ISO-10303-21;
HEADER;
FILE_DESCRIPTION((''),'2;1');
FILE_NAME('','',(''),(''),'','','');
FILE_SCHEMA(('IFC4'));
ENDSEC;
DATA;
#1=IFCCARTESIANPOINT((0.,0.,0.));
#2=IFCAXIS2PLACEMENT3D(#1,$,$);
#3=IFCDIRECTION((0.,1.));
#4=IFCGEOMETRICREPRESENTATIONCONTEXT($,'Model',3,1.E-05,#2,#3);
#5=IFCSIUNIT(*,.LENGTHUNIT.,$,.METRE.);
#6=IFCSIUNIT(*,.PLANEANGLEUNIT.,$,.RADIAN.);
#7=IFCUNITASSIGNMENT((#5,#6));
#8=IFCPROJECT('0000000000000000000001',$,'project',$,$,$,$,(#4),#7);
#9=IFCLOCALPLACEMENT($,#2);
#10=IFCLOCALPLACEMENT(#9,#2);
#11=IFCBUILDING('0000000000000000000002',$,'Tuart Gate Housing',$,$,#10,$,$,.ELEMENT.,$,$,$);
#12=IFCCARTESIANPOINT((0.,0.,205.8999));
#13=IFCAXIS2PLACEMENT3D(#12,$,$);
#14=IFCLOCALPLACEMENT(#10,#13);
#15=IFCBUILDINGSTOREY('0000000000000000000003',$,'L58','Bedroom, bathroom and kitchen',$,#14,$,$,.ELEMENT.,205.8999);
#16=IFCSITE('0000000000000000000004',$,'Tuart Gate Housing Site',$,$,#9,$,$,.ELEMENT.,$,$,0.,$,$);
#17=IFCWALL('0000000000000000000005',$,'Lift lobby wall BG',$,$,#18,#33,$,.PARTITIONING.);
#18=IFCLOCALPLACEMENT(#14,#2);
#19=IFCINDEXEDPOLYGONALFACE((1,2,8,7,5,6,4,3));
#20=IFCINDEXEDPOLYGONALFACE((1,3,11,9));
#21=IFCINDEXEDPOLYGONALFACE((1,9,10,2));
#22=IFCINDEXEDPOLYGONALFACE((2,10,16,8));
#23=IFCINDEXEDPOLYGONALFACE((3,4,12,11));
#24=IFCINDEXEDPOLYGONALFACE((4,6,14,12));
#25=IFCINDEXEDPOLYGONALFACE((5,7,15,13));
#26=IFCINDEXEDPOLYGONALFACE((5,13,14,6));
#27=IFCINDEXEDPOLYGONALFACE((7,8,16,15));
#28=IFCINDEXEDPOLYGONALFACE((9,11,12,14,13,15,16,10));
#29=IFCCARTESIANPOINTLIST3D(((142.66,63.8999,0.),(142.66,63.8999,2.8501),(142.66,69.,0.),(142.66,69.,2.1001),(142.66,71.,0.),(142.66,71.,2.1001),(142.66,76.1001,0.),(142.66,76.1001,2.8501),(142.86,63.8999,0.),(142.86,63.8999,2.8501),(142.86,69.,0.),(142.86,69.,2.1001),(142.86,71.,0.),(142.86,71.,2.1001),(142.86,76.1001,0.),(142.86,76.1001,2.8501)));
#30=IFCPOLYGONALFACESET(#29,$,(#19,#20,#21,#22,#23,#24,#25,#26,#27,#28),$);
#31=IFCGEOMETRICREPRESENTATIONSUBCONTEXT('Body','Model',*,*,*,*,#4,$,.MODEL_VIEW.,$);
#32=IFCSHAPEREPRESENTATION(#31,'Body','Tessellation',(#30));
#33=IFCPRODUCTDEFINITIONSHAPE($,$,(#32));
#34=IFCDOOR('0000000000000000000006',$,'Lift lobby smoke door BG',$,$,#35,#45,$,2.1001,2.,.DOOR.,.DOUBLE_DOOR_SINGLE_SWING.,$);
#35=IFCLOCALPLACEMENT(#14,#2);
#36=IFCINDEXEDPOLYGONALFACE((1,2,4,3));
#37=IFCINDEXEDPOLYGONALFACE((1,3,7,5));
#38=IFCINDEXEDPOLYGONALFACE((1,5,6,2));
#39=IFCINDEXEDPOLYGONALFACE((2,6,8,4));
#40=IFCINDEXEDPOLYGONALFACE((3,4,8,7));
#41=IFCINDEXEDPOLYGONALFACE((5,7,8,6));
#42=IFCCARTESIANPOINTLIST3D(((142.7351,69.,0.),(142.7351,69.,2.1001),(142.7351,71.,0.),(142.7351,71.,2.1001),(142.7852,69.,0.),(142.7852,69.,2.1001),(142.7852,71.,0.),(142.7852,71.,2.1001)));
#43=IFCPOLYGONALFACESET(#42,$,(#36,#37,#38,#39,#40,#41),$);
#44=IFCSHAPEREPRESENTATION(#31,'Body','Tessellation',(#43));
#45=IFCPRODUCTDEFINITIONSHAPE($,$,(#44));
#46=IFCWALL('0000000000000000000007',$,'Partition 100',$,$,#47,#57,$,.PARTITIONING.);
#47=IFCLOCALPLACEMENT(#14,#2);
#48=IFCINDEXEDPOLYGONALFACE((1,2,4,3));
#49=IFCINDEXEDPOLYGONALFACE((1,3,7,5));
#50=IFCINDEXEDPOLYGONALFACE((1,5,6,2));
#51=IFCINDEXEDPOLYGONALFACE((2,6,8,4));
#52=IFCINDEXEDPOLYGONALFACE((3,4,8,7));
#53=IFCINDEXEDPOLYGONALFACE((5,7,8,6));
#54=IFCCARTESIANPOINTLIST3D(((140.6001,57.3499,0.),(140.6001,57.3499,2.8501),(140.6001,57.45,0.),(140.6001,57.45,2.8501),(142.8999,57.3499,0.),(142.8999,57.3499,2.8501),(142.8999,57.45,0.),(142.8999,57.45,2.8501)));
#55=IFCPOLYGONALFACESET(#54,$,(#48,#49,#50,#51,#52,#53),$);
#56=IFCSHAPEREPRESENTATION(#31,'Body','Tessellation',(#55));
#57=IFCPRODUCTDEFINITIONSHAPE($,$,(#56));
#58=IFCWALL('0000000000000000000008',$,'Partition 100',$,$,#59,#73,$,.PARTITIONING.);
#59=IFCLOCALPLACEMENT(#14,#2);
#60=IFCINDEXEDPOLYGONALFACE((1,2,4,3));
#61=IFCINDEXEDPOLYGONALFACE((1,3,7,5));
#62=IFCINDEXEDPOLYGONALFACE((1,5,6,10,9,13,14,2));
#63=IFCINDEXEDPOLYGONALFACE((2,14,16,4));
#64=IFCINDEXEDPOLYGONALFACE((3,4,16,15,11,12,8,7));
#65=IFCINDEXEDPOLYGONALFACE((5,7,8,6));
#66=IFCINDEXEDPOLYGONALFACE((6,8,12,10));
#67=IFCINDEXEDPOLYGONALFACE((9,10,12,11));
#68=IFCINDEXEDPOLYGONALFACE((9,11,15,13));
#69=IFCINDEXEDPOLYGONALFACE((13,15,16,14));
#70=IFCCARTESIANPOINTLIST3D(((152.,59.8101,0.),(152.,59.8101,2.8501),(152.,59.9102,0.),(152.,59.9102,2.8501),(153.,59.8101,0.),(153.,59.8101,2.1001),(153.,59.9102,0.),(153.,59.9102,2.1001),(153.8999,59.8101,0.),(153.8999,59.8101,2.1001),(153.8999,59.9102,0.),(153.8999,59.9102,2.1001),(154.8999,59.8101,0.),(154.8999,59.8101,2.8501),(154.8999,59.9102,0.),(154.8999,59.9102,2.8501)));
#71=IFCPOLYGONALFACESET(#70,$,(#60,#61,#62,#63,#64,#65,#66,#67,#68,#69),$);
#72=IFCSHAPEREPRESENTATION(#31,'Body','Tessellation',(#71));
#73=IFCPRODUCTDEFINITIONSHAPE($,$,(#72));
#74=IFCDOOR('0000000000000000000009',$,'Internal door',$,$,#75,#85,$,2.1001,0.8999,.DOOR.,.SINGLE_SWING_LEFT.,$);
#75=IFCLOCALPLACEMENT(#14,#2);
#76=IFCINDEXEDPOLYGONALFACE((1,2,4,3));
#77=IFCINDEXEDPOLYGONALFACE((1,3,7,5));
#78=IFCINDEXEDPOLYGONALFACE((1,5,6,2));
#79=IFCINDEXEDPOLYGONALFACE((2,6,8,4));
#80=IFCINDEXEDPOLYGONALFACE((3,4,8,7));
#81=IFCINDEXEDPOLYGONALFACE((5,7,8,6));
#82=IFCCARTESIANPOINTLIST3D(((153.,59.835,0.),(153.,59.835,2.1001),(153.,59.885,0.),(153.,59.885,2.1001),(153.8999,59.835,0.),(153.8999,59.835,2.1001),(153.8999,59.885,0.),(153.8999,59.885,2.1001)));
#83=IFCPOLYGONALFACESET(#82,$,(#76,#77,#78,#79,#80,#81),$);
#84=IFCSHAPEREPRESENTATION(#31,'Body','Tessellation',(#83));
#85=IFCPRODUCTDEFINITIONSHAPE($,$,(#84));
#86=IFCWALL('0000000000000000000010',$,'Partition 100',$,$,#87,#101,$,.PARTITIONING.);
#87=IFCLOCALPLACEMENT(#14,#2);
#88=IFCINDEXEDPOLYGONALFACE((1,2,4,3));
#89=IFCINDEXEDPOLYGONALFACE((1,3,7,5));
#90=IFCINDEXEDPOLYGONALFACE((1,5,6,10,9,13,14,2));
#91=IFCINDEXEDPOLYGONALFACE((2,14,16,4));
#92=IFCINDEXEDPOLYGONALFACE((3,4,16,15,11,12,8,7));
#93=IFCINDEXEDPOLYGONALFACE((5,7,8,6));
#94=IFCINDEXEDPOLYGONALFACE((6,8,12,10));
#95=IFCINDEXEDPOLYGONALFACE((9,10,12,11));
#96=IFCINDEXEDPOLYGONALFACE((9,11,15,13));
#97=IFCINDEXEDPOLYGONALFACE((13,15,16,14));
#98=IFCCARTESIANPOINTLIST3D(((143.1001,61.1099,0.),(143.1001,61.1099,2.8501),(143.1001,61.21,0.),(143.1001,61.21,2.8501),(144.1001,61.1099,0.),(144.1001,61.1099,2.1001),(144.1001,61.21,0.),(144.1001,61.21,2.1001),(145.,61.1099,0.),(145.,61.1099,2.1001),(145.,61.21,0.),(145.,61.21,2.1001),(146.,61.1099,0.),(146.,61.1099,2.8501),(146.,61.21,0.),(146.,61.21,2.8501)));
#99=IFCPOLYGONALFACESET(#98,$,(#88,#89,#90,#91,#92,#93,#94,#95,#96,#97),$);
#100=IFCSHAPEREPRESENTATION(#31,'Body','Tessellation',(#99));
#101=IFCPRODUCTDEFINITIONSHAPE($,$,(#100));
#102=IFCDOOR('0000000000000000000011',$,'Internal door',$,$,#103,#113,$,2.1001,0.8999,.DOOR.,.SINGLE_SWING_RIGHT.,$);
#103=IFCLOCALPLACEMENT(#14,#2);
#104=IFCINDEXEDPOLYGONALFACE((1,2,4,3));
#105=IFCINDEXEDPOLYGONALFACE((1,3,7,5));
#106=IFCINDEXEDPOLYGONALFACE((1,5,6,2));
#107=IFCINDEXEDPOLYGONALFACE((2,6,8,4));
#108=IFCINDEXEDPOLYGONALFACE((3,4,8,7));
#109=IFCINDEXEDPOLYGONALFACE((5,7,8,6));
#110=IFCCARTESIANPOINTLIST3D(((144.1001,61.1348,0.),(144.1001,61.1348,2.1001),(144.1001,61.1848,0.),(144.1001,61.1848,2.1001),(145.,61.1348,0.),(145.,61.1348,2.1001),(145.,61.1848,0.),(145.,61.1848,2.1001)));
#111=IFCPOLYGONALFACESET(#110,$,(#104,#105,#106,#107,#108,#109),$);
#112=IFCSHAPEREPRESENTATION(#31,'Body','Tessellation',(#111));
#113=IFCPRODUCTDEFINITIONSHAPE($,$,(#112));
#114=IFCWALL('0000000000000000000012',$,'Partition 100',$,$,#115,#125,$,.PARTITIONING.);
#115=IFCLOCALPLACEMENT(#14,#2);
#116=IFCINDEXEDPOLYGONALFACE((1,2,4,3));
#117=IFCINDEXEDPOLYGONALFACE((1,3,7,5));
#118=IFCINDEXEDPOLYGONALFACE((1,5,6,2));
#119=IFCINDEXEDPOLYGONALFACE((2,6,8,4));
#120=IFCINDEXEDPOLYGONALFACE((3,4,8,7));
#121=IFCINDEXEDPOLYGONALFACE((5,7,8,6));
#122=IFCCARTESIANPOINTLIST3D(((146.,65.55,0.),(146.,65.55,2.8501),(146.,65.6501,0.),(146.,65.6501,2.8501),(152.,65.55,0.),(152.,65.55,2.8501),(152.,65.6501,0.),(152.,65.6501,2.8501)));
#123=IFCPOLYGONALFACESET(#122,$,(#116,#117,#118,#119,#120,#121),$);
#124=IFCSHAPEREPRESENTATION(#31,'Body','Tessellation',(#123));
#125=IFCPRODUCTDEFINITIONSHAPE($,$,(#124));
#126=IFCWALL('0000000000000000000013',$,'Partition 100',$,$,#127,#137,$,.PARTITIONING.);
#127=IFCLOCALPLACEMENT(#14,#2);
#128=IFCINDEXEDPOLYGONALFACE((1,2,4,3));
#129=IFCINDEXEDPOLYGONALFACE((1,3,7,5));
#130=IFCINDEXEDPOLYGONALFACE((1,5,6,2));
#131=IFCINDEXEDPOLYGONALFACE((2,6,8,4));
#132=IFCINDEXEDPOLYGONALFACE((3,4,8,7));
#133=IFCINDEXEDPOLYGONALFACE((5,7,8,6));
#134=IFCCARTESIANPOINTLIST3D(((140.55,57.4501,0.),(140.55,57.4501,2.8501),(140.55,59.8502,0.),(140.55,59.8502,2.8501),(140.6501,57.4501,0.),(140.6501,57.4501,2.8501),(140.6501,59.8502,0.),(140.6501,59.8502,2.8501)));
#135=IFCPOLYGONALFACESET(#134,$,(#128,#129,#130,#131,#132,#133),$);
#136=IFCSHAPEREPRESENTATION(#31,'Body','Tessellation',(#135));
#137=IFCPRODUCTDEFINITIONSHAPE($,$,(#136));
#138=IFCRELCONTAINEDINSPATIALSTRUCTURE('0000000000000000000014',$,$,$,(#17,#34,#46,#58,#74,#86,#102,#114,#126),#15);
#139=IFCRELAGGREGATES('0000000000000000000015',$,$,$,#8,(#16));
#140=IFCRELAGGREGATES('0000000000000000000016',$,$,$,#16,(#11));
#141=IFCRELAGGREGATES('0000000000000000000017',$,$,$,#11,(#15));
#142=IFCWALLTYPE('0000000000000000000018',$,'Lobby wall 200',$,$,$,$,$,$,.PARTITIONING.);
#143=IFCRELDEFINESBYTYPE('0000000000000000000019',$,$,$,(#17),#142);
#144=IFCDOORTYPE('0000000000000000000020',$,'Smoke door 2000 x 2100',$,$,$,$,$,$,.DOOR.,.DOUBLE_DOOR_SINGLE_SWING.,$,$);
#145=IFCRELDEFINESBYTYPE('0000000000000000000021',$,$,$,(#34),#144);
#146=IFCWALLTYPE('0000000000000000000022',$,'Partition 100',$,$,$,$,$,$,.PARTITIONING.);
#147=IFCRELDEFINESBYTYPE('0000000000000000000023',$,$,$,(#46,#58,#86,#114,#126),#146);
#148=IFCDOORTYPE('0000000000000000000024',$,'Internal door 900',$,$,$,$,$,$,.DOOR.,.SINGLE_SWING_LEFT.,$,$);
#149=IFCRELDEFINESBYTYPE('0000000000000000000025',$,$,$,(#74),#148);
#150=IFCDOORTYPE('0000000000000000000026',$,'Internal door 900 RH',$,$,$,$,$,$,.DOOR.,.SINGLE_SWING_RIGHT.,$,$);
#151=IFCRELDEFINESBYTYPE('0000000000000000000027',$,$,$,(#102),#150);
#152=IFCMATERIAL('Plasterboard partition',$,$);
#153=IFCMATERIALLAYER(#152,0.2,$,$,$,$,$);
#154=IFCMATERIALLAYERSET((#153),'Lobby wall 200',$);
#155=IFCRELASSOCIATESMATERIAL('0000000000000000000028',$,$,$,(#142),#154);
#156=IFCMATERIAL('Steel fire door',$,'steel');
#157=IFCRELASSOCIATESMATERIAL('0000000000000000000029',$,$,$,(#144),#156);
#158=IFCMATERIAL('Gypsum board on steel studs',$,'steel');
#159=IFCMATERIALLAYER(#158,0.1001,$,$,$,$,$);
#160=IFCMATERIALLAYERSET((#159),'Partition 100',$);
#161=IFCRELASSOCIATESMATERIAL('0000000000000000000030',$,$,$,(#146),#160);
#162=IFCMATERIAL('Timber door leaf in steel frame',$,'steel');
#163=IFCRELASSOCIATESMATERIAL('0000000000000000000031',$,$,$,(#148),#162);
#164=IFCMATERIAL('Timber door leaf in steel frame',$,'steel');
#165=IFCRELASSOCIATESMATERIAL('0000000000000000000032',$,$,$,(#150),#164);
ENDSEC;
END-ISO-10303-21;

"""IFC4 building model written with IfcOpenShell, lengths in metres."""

from ifc_helpers import new_model, si_unit, direction, frame, frame_2d, origin, place, context, subcontext, project, spatial, rectangle, extrude, material, layer, layer_set, type_object, element, fill, save


model = new_model("IFC4")

# Units and contexts
model_context = context("Model", 3, precision=1e-05, world=origin(), true_north=direction((0.0, 1.0)))
body_context = subcontext(model_context, "Body", "Model", "MODEL_VIEW")
ifc_project = project(units=[si_unit("LENGTHUNIT", "METRE"), si_unit("PLANEANGLEUNIT", "RADIAN")], contexts=[model_context])

# Site, building, storey
site_placement = place(None, origin())
site = spatial("IfcSite", under=ifc_project, at=site_placement, Name="Tuart Gate Housing Site", CompositionType="ELEMENT", RefElevation=0.0)
building_placement = place(site_placement, origin())
building = spatial("IfcBuilding", under=site, at=building_placement, Name="Tuart Gate Housing", CompositionType="ELEMENT")
storey_placement = place(building_placement, frame((0.0, 0.0, 205.8999)))
storey = spatial("IfcBuildingStorey", under=building, at=storey_placement, Name="L58", Description="Bedroom, bathroom and kitchen", CompositionType="ELEMENT", Elevation=205.8999)

# Wall, opening, door
ifc_material_1 = material(Name="Plasterboard partition")
ifc_layer_1 = layer(ifc_material_1, 0.2)
ifc_layer_set_1 = layer_set([ifc_layer_1], Name="Lobby wall 200")
wall_type_1 = type_object("IfcWallType", Name="Lobby wall 200", PredefinedType="PARTITIONING", material=ifc_layer_set_1)
wall_1_placement = place(storey_placement, frame((142.76, 63.8999, 0.0), z_axis=(0.0, 0.0, 1.0), x_axis=(0.0, 1.0, 0.0)))
wall_1 = element("IfcWall", 1, at=wall_1_placement, inside=storey, type_object=wall_type_1, Name="Lift lobby wall BG", PredefinedType="PARTITIONING", context=body_context, shape_type="SweptSolid", body=[
    extrude(rectangle(XDim=12.2002, YDim=0.2, at=frame_2d((6.1001, 0.0))), origin(), (0.0, 0.0, 1.0), 2.8501),
])
opening_1_placement = place(wall_1_placement, frame((5.1001, 0.0, 0.0)))
opening_1 = element("IfcOpeningElement", 2, at=opening_1_placement, cuts=wall_1, PredefinedType="OPENING", context=body_context, shape_type="SweptSolid", body=[
    extrude(rectangle(XDim=2.0, YDim=2.1001, at=frame_2d((1.0, 1.05))), frame((0.0, 0.1099, 0.0), z_axis=(0.0, -1.0, 0.0), x_axis=(1.0, 0.0, 0.0)), (0.0, 0.0, 1.0), 0.22),
])
ifc_material_2 = material(Name="Steel fire door", Category="steel")
door_type_1 = type_object("IfcDoorType", Name="Smoke door 2000 x 2100", OperationType="DOUBLE_DOOR_SINGLE_SWING", PredefinedType="DOOR", material=ifc_material_2)
door_1_placement = place(opening_1_placement, origin())
door_1 = element("IfcDoor", 3, at=door_1_placement, inside=storey, type_object=door_type_1, Name="Lift lobby smoke door BG", OperationType="DOUBLE_DOOR_SINGLE_SWING", OverallHeight=2.1001, OverallWidth=2.0, PredefinedType="DOOR", context=body_context, shape_type="SweptSolid", body=[
    extrude(rectangle(XDim=2.0, YDim=2.1001, at=frame_2d((1.0, 1.05))), frame((0.0, 0.0249, 0.0), z_axis=(0.0, -1.0, 0.0), x_axis=(1.0, 0.0, 0.0)), (0.0, 0.0, 1.0), 0.05),
])
fill(opening_1, door_1)

# Wall
ifc_material_3 = material(Name="Gypsum board on steel studs", Category="steel")
ifc_layer_2 = layer(ifc_material_3, 0.1001)
ifc_layer_set_2 = layer_set([ifc_layer_2], Name="Partition 100")
wall_type_2 = type_object("IfcWallType", Name="Partition 100", PredefinedType="PARTITIONING", material=ifc_layer_set_2)
wall_2_placement = place(storey_placement, frame((140.6001, 57.3999, 0.0), z_axis=(0.0, 0.0, 1.0), x_axis=(1.0, 0.0, 0.0)))
element("IfcWall", 4, at=wall_2_placement, inside=storey, type_object=wall_type_2, Name="Partition 100", PredefinedType="PARTITIONING", context=body_context, shape_type="SweptSolid", body=[
    extrude(rectangle(XDim=2.2998, YDim=0.1001, at=frame_2d((1.1499, 0.0))), origin(), (0.0, 0.0, 1.0), 2.8501),
])

# Walls, openings, doors
wall_3_placement = place(storey_placement, frame((152.0, 59.8601, 0.0), z_axis=(0.0, 0.0, 1.0), x_axis=(1.0, 0.0, 0.0)))
wall_3 = element("IfcWall", 5, at=wall_3_placement, inside=storey, type_object=wall_type_2, Name="Partition 100", PredefinedType="PARTITIONING", context=body_context, shape_type="SweptSolid", body=[
    extrude(rectangle(XDim=2.8999, YDim=0.1001, at=frame_2d((1.45, 0.0))), origin(), (0.0, 0.0, 1.0), 2.8501),
])
opening_2_placement = place(wall_3_placement, frame((1.0, 0.0, 0.0)))
opening_2 = element("IfcOpeningElement", 6, at=opening_2_placement, cuts=wall_3, PredefinedType="OPENING", context=body_context, shape_type="SweptSolid", body=[
    extrude(rectangle(XDim=0.8999, YDim=2.1001, at=frame_2d((0.45, 1.05))), frame((0.0, 0.0601, 0.0), z_axis=(0.0, -1.0, 0.0), x_axis=(1.0, 0.0, 0.0)), (0.0, 0.0, 1.0), 0.1201),
])
ifc_material_4 = material(Name="Timber door leaf in steel frame", Category="steel")
door_type_2 = type_object("IfcDoorType", Name="Internal door 900", OperationType="SINGLE_SWING_LEFT", PredefinedType="DOOR", material=ifc_material_4)
door_2_placement = place(opening_2_placement, origin())
door_2 = element("IfcDoor", 7, at=door_2_placement, inside=storey, type_object=door_type_2, Name="Internal door", OperationType="SINGLE_SWING_LEFT", OverallHeight=2.1001, OverallWidth=0.8999, PredefinedType="DOOR", context=body_context, shape_type="SweptSolid", body=[
    extrude(rectangle(XDim=0.8999, YDim=2.1001, at=frame_2d((0.45, 1.05))), frame((0.0, 0.0249, 0.0), z_axis=(0.0, -1.0, 0.0), x_axis=(1.0, 0.0, 0.0)), (0.0, 0.0, 1.0), 0.05),
])
fill(opening_2, door_2)
wall_4_placement = place(storey_placement, frame((143.1001, 61.1599, 0.0), z_axis=(0.0, 0.0, 1.0), x_axis=(1.0, 0.0, 0.0)))
wall_4 = element("IfcWall", 8, at=wall_4_placement, inside=storey, type_object=wall_type_2, Name="Partition 100", PredefinedType="PARTITIONING", context=body_context, shape_type="SweptSolid", body=[
    extrude(rectangle(XDim=2.8999, YDim=0.1001, at=frame_2d((1.45, 0.0))), origin(), (0.0, 0.0, 1.0), 2.8501),
])
opening_3_placement = place(wall_4_placement, frame((1.0, 0.0, 0.0)))
opening_3 = element("IfcOpeningElement", 9, at=opening_3_placement, cuts=wall_4, PredefinedType="OPENING", context=body_context, shape_type="SweptSolid", body=[
    extrude(rectangle(XDim=0.8999, YDim=2.1001, at=frame_2d((0.45, 1.05))), frame((0.0, 0.0601, 0.0), z_axis=(0.0, -1.0, 0.0), x_axis=(1.0, 0.0, 0.0)), (0.0, 0.0, 1.0), 0.1201),
])
ifc_material_5 = material(Name="Timber door leaf in steel frame", Category="steel")
door_type_3 = type_object("IfcDoorType", Name="Internal door 900 RH", OperationType="SINGLE_SWING_RIGHT", PredefinedType="DOOR", material=ifc_material_5)
door_3_placement = place(opening_3_placement, origin())
door_3 = element("IfcDoor", 10, at=door_3_placement, inside=storey, type_object=door_type_3, Name="Internal door", OperationType="SINGLE_SWING_RIGHT", OverallHeight=2.1001, OverallWidth=0.8999, PredefinedType="DOOR", context=body_context, shape_type="SweptSolid", body=[
    extrude(rectangle(XDim=0.8999, YDim=2.1001, at=frame_2d((0.45, 1.05))), frame((0.0, 0.0249, 0.0), z_axis=(0.0, -1.0, 0.0), x_axis=(1.0, 0.0, 0.0)), (0.0, 0.0, 1.0), 0.05),
])
fill(opening_3, door_3)

# Walls
wall_5_placement = place(storey_placement, frame((146.0, 65.6001, 0.0), z_axis=(0.0, 0.0, 1.0), x_axis=(1.0, 0.0, 0.0)))
element("IfcWall", 11, at=wall_5_placement, inside=storey, type_object=wall_type_2, Name="Partition 100", PredefinedType="PARTITIONING", context=body_context, shape_type="SweptSolid", body=[
    extrude(rectangle(XDim=6.0, YDim=0.1001, at=frame_2d((3.0, 0.0))), origin(), (0.0, 0.0, 1.0), 2.8501),
])
wall_6_placement = place(storey_placement, frame((140.6001, 57.45, 0.0), z_axis=(0.0, 0.0, 1.0), x_axis=(0.0, 1.0, 0.0)))
element("IfcWall", 12, at=wall_6_placement, inside=storey, type_object=wall_type_2, Name="Partition 100", PredefinedType="PARTITIONING", context=body_context, shape_type="SweptSolid", body=[
    extrude(rectangle(XDim=2.4001, YDim=0.1001, at=frame_2d((1.2002, 0.0))), origin(), (0.0, 0.0, 1.0), 2.8501),
])

save(model, "model.ifc")
